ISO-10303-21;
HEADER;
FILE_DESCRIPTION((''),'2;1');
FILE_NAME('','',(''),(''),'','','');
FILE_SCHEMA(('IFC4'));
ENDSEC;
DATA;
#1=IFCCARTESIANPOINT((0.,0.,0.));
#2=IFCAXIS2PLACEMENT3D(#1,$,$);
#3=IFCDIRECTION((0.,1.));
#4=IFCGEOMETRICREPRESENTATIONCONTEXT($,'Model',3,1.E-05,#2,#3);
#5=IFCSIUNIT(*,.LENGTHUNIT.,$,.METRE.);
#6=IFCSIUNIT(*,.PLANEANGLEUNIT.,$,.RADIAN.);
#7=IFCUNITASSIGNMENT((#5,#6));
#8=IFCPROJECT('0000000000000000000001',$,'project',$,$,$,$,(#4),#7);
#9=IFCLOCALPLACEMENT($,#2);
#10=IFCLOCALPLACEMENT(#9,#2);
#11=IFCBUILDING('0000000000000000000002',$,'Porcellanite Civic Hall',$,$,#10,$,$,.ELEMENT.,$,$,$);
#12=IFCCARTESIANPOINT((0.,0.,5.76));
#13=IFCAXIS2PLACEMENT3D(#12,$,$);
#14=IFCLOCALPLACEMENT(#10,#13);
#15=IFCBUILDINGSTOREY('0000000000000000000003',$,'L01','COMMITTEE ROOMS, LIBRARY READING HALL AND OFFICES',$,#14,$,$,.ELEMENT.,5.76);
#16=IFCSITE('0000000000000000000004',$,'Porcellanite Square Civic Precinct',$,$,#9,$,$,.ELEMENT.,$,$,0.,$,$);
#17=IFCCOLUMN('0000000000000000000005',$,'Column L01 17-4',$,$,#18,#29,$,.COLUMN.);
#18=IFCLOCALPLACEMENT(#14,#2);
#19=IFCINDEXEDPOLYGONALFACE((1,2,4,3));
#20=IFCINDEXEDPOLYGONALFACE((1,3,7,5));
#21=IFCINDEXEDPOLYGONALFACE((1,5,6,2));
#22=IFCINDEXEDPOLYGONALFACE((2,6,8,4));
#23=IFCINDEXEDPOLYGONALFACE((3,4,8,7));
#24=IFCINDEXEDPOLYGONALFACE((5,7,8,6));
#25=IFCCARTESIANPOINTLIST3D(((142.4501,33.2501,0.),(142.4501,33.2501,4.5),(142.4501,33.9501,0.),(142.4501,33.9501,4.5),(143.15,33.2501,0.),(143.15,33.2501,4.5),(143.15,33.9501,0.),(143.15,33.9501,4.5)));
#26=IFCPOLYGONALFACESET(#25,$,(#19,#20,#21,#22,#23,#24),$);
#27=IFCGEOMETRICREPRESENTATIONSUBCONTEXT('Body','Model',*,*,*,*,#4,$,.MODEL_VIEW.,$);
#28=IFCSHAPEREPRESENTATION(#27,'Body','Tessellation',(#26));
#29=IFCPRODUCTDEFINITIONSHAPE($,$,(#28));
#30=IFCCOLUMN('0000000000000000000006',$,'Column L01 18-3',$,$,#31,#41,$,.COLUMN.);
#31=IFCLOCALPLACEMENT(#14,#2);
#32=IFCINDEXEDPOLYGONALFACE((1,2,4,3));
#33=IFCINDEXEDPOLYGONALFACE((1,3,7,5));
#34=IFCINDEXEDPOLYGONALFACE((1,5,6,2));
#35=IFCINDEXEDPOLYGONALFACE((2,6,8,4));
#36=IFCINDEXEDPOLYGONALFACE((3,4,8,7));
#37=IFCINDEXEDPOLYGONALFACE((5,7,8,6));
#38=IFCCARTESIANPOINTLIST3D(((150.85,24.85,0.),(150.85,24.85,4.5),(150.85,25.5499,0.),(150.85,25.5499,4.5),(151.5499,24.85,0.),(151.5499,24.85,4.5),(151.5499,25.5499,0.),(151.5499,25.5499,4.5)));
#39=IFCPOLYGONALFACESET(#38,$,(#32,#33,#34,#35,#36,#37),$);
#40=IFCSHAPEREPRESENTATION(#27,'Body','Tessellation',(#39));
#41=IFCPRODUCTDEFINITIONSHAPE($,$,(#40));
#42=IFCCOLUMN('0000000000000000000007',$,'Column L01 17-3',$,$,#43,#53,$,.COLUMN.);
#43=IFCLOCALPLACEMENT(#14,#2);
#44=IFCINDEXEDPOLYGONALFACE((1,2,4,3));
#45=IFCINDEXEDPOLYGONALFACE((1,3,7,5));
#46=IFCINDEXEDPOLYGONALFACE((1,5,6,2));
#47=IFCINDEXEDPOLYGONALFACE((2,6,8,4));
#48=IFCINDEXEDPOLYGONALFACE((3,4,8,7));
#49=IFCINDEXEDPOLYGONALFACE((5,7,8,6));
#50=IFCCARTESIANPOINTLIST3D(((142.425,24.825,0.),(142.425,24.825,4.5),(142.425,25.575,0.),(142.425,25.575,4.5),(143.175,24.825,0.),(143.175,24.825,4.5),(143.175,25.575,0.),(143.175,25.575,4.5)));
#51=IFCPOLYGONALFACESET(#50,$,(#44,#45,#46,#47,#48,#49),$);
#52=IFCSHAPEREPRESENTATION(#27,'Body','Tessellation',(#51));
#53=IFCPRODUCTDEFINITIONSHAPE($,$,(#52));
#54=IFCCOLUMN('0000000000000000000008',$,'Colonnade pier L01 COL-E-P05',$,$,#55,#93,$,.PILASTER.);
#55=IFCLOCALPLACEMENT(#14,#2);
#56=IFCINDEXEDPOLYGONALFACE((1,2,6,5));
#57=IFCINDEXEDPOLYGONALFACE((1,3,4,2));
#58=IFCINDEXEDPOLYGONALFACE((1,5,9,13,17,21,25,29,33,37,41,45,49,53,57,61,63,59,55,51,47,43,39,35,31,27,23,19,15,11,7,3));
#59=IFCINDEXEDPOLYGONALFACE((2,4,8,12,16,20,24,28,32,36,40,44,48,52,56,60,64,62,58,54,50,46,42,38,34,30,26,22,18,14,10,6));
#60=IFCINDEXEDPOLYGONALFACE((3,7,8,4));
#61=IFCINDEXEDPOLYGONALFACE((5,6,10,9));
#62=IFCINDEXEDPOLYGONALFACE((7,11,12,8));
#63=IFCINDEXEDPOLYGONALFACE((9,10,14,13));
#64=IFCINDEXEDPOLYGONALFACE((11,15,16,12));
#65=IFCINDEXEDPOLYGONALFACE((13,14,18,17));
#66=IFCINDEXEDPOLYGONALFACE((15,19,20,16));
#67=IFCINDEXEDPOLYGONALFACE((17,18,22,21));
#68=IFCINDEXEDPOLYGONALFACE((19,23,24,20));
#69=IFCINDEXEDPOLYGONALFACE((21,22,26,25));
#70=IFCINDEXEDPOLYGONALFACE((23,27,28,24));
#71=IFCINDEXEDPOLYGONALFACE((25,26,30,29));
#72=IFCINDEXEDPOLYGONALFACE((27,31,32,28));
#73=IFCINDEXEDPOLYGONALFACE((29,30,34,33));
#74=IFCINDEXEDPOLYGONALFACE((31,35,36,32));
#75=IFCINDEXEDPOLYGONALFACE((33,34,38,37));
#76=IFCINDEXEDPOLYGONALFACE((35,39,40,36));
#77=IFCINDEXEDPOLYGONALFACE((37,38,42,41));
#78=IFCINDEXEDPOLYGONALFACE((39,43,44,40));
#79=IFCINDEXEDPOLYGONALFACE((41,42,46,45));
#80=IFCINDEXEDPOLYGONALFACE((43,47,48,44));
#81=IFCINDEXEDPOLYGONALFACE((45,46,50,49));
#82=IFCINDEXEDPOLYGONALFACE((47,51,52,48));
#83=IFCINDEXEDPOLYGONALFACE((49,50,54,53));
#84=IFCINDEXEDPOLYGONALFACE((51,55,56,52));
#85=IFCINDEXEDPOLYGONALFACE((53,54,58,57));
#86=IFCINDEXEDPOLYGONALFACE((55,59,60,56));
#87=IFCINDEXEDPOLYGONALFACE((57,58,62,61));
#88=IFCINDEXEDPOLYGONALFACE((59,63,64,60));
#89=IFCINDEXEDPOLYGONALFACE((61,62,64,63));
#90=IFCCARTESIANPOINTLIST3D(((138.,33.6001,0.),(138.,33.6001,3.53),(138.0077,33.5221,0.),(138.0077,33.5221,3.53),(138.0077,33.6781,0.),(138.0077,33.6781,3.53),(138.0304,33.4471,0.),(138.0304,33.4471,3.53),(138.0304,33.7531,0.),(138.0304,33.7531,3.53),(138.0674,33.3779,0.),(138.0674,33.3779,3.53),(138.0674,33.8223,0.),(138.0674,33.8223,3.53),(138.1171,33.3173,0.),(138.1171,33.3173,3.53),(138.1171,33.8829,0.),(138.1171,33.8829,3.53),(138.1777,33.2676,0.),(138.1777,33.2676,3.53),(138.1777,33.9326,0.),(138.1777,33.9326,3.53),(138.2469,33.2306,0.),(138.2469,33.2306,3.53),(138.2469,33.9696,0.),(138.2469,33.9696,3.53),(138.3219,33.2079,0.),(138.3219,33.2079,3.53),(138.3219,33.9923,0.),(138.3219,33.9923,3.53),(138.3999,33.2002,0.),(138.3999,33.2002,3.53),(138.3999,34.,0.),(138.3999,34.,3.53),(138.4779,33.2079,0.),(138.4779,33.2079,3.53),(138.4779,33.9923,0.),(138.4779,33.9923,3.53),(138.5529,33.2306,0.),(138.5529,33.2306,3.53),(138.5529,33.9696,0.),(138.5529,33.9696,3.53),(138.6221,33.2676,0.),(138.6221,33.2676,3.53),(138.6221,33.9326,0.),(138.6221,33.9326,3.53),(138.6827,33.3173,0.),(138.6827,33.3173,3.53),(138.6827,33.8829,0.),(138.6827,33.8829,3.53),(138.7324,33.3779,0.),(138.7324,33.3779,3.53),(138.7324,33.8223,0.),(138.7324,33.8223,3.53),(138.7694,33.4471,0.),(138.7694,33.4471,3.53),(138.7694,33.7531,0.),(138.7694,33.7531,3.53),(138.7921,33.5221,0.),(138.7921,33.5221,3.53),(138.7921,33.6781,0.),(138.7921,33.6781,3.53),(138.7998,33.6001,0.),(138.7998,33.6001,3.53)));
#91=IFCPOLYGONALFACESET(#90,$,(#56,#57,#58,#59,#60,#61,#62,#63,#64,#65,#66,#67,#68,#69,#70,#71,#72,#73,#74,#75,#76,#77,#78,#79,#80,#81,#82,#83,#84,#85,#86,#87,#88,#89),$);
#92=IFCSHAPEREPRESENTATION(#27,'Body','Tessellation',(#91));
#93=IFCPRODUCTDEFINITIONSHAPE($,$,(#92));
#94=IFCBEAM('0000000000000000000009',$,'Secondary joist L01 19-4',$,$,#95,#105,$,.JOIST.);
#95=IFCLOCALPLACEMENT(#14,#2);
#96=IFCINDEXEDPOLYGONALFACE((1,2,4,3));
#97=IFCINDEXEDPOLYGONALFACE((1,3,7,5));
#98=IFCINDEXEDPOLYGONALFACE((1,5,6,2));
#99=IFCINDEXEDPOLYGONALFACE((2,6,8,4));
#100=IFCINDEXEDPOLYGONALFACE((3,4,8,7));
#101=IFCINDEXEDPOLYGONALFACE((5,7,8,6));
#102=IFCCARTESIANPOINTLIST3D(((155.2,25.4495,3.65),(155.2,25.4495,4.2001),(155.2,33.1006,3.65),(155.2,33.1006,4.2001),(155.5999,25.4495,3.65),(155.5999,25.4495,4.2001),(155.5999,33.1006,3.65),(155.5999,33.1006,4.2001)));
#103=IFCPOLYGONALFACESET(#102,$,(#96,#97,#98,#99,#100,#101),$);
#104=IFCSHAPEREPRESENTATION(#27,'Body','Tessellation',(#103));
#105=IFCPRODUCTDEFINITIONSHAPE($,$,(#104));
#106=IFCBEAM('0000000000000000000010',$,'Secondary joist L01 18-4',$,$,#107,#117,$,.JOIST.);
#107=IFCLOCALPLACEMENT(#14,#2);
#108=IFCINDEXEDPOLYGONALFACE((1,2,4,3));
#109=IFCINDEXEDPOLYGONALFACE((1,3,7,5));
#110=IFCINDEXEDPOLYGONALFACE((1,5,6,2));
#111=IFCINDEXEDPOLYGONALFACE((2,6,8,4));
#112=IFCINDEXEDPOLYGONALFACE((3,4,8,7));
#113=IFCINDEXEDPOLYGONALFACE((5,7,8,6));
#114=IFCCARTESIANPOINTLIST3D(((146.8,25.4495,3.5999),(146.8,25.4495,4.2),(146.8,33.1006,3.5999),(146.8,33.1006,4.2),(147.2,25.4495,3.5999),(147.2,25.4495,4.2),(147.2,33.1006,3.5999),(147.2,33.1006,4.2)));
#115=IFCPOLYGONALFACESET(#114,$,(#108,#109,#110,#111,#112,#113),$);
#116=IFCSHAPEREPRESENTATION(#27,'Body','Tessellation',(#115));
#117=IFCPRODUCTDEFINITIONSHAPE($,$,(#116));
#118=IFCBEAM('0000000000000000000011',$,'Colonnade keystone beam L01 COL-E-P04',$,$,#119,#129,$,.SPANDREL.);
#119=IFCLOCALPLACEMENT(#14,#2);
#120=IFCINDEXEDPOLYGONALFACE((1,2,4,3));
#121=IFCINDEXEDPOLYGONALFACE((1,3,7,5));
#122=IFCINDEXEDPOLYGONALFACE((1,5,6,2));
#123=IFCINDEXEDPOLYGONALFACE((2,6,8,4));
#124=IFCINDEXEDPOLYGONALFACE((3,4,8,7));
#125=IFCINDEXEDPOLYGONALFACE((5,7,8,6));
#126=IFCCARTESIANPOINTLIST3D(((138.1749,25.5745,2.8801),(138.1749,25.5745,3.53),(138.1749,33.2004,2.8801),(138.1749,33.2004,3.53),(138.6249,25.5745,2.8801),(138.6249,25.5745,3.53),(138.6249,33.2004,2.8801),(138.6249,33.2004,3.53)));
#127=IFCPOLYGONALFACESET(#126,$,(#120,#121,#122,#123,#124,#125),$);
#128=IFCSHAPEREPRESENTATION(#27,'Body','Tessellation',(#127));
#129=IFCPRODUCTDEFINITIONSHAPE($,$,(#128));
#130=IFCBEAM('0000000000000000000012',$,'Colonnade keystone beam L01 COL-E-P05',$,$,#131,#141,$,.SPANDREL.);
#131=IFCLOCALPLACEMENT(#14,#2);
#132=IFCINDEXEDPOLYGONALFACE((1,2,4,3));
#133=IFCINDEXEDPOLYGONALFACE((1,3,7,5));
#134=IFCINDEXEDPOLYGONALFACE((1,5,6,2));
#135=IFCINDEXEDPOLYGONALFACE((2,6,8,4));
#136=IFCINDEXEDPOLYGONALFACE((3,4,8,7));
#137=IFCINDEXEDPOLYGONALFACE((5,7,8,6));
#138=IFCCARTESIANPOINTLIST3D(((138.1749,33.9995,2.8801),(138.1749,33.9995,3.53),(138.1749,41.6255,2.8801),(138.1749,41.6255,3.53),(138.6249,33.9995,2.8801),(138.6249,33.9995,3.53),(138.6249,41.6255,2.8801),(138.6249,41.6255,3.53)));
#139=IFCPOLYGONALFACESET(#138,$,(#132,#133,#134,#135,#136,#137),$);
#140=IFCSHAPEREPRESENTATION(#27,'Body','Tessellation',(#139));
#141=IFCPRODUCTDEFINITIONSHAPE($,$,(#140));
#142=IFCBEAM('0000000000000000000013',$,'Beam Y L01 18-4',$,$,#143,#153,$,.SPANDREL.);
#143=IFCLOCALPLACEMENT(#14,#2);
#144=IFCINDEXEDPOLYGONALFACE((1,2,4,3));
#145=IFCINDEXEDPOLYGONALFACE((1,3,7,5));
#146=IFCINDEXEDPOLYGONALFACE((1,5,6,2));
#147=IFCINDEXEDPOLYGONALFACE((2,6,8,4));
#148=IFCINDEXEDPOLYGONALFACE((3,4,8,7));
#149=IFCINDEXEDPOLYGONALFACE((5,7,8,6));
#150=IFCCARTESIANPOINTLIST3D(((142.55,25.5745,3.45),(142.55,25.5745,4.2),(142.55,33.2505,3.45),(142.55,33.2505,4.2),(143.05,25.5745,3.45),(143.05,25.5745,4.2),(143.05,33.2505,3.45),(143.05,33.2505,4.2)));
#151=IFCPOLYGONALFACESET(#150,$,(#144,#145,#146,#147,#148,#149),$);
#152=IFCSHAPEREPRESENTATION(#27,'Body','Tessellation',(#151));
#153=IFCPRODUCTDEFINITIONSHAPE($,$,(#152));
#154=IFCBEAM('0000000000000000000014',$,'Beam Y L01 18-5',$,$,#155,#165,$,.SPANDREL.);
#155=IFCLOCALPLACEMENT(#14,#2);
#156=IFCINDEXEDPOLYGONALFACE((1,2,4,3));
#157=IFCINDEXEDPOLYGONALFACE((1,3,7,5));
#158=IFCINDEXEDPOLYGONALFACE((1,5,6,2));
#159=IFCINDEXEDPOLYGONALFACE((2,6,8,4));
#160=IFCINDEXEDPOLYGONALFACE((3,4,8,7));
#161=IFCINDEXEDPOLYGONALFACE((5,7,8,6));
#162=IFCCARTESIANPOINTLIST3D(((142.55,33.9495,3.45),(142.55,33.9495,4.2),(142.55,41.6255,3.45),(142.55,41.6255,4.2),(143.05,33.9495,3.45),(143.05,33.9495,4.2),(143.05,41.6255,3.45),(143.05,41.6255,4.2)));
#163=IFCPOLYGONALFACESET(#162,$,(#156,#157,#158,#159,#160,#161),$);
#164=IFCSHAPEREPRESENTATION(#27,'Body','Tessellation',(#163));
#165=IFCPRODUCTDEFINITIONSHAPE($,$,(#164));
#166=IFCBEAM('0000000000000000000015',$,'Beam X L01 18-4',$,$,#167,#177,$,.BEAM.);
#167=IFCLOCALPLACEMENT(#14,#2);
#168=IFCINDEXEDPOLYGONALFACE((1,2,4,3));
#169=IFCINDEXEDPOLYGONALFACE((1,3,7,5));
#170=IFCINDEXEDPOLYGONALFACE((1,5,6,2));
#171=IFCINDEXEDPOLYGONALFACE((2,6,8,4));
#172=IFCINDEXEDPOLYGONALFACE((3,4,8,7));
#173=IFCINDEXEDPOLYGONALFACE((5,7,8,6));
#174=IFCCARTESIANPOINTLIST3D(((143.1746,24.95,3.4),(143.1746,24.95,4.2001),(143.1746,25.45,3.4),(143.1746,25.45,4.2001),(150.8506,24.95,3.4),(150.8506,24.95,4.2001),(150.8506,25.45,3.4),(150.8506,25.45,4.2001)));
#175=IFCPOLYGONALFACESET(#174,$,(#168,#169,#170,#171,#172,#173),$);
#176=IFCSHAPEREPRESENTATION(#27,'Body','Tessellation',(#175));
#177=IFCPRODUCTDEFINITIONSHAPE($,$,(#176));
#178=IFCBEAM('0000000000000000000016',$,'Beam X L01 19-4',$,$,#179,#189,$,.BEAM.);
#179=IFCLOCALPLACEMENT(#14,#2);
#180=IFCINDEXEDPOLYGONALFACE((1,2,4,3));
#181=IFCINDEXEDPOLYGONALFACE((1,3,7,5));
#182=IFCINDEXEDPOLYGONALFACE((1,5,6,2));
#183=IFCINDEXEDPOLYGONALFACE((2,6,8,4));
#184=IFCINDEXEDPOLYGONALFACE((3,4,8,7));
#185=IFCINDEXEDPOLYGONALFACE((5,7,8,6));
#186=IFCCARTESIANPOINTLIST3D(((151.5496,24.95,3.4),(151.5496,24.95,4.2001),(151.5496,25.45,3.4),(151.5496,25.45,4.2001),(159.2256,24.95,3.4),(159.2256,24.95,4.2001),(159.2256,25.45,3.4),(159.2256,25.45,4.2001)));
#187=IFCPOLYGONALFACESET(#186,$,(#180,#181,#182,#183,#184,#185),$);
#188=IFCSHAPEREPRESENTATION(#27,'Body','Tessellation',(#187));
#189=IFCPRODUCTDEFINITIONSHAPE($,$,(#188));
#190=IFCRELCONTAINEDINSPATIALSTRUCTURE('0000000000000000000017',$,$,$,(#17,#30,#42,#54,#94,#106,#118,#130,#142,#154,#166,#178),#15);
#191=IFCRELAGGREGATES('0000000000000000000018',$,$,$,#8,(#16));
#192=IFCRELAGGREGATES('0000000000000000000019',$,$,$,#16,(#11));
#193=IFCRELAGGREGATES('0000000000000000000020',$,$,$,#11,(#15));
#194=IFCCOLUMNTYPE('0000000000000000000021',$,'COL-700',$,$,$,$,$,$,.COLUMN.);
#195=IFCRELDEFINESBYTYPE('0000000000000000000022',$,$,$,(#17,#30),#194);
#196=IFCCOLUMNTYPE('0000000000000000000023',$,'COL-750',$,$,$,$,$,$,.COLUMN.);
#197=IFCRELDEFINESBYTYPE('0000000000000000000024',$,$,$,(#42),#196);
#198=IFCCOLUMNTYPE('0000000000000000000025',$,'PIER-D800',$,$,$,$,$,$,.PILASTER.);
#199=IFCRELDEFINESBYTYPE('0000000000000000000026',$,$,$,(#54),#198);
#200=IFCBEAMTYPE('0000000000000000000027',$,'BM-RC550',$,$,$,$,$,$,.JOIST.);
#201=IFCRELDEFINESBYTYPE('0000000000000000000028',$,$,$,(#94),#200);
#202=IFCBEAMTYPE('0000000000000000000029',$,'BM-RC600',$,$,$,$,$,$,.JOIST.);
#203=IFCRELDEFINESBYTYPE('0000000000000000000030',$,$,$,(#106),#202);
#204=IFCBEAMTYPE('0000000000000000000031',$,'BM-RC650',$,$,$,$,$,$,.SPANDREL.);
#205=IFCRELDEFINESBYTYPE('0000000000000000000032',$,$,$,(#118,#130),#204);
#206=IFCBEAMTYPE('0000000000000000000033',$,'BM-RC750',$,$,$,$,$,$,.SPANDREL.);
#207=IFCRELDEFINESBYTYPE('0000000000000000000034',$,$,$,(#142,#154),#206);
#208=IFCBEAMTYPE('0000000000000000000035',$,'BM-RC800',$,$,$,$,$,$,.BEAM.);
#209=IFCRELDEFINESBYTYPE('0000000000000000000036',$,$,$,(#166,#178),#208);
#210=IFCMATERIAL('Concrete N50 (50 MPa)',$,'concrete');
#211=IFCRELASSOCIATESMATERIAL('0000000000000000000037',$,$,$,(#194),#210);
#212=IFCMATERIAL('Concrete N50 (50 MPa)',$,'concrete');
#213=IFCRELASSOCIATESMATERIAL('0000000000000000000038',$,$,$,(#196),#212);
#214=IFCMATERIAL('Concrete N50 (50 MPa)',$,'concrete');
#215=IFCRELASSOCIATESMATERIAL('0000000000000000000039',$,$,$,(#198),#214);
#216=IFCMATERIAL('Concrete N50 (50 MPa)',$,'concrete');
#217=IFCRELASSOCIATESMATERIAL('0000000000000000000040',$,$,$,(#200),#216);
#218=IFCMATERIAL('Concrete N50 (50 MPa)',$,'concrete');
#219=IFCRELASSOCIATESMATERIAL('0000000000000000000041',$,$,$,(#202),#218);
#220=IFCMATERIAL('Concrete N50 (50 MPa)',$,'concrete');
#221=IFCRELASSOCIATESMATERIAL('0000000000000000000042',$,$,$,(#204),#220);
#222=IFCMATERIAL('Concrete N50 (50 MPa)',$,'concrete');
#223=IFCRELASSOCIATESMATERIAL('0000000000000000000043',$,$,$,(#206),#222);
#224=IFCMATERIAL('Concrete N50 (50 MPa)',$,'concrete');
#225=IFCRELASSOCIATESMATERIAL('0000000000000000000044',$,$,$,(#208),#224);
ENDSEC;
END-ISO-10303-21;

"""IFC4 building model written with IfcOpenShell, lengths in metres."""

from ifc_helpers import new_model, si_unit, direction, frame, origin, origin_2d, place, context, subcontext, project, spatial, rectangle, circle, extrude, material, material_profile, profile_set, type_object, element, save


model = new_model("IFC4")

# Units and contexts
model_context = context("Model", 3, precision=1e-05, world=origin(), true_north=direction((0.0, 1.0)))
body_context = subcontext(model_context, "Body", "Model", "MODEL_VIEW")
ifc_project = project(units=[si_unit("LENGTHUNIT", "METRE"), si_unit("PLANEANGLEUNIT", "RADIAN")], contexts=[model_context])

# Site, building, storey
site_placement = place(None, origin())
site = spatial("IfcSite", under=ifc_project, at=site_placement, Name="Porcellanite Square Civic Precinct", CompositionType="ELEMENT", RefElevation=0.0)
building_placement = place(site_placement, origin())
building = spatial("IfcBuilding", under=site, at=building_placement, Name="Porcellanite Civic Hall", CompositionType="ELEMENT")
storey_placement = place(building_placement, frame((0.0, 0.0, 5.76)))
storey = spatial("IfcBuildingStorey", under=building, at=storey_placement, Name="L01", Description="COMMITTEE ROOMS, LIBRARY READING HALL AND OFFICES", CompositionType="ELEMENT", Elevation=5.76)

# Columns
ifc_material_1 = material(Name="Concrete N50 (50 MPa)", Category="concrete")
ifc_material_profile_1 = material_profile(ifc_material_1, rectangle(XDim=0.7, YDim=0.7, at=origin_2d()), Name="RC-700x700")
ifc_profile_set_1 = profile_set([ifc_material_profile_1], Name="Concrete N50 (50 MPa)")
column_type_1 = type_object("IfcColumnType", Name="COL-700", PredefinedType="COLUMN", material=ifc_profile_set_1)
for number, where, z_axis, x_axis, name in (
    (1, (142.8, 33.6001, 0.0), (0.0, 0.0, 1.0), (1.0, 0.0, 0.0), "Column L01 17-4"),
    (2, (151.2, 25.2, 0.0), (0.0, 0.0, 1.0), (1.0, 0.0, 0.0), "Column L01 18-3"),
):
    element("IfcColumn", number, at=place(storey_placement, frame(where, z_axis=z_axis, x_axis=x_axis)), inside=storey, type_object=column_type_1, Name=name, PredefinedType="COLUMN", context=body_context, shape_type="SweptSolid", body=[
        extrude(rectangle(XDim=0.7, YDim=0.7, at=origin_2d()), origin(), (0.0, 0.0, 1.0), 4.5),
    ])
ifc_material_2 = material(Name="Concrete N50 (50 MPa)", Category="concrete")
ifc_material_profile_2 = material_profile(ifc_material_2, rectangle(XDim=0.75, YDim=0.75, at=origin_2d()), Name="RC-750x750")
ifc_profile_set_2 = profile_set([ifc_material_profile_2], Name="Concrete N50 (50 MPa)")
column_type_2 = type_object("IfcColumnType", Name="COL-750", PredefinedType="COLUMN", material=ifc_profile_set_2)
column_1_placement = place(storey_placement, frame((142.8, 25.2, 0.0), z_axis=(0.0, 0.0, 1.0), x_axis=(1.0, 0.0, 0.0)))
element("IfcColumn", 3, at=column_1_placement, inside=storey, type_object=column_type_2, Name="Column L01 17-3", PredefinedType="COLUMN", context=body_context, shape_type="SweptSolid", body=[
    extrude(rectangle(XDim=0.75, YDim=0.75, at=origin_2d()), origin(), (0.0, 0.0, 1.0), 4.5),
])
ifc_material_3 = material(Name="Concrete N50 (50 MPa)", Category="concrete")
ifc_material_profile_3 = material_profile(ifc_material_3, circle(Radius=0.3999, at=origin_2d()), Name="RC-D800")
ifc_profile_set_3 = profile_set([ifc_material_profile_3], Name="Concrete N50 (50 MPa)")
column_type_3 = type_object("IfcColumnType", Name="PIER-D800", PredefinedType="PILASTER", material=ifc_profile_set_3)
column_2_placement = place(storey_placement, frame((138.3999, 33.6001, 0.0), z_axis=(0.0, 0.0, 1.0), x_axis=(1.0, 0.0, 0.0)))
element("IfcColumn", 4, at=column_2_placement, inside=storey, type_object=column_type_3, Name="Colonnade pier L01 COL-E-P05", PredefinedType="PILASTER", context=body_context, shape_type="SweptSolid", body=[
    extrude(circle(Radius=0.3999, at=origin_2d()), origin(), (0.0, 0.0, 1.0), 3.53),
])

# Beams
ifc_material_4 = material(Name="Concrete N50 (50 MPa)", Category="concrete")
ifc_material_profile_4 = material_profile(ifc_material_4, rectangle(XDim=0.3999, YDim=0.55, at=origin_2d()), Name="RC-400x550")
ifc_profile_set_4 = profile_set([ifc_material_profile_4], Name="Concrete N50 (50 MPa)")
beam_type_1 = type_object("IfcBeamType", Name="BM-RC550", PredefinedType="JOIST", material=ifc_profile_set_4)
beam_1_placement = place(storey_placement, frame((155.3999, 25.4495, 3.925), z_axis=(0.0, 1.0, 0.0), x_axis=(-1.0, 0.0, 0.0)))
element("IfcBeam", 5, at=beam_1_placement, inside=storey, type_object=beam_type_1, Name="Secondary joist L01 19-4", PredefinedType="JOIST", context=body_context, shape_type="SweptSolid", body=[
    extrude(rectangle(XDim=0.3999, YDim=0.55, at=origin_2d()), origin(), (0.0, 0.0, 1.0), 7.6511),
])
ifc_material_5 = material(Name="Concrete N50 (50 MPa)", Category="concrete")
ifc_material_profile_5 = material_profile(ifc_material_5, rectangle(XDim=0.3999, YDim=0.6001, at=origin_2d()), Name="RC-400x600")
ifc_profile_set_5 = profile_set([ifc_material_profile_5], Name="Concrete N50 (50 MPa)")
beam_type_2 = type_object("IfcBeamType", Name="BM-RC600", PredefinedType="JOIST", material=ifc_profile_set_5)
beam_2_placement = place(storey_placement, frame((147.0, 25.4495, 3.8999), z_axis=(0.0, 1.0, 0.0), x_axis=(-1.0, 0.0, 0.0)))
element("IfcBeam", 6, at=beam_2_placement, inside=storey, type_object=beam_type_2, Name="Secondary joist L01 18-4", PredefinedType="JOIST", context=body_context, shape_type="SweptSolid", body=[
    extrude(rectangle(XDim=0.3999, YDim=0.6001, at=origin_2d()), origin(), (0.0, 0.0, 1.0), 7.6511),
])
ifc_material_6 = material(Name="Concrete N50 (50 MPa)", Category="concrete")
ifc_material_profile_6 = material_profile(ifc_material_6, rectangle(XDim=0.45, YDim=0.6499, at=origin_2d()), Name="RC-450x650")
ifc_profile_set_6 = profile_set([ifc_material_profile_6], Name="Concrete N50 (50 MPa)")
beam_type_3 = type_object("IfcBeamType", Name="BM-RC650", PredefinedType="SPANDREL", material=ifc_profile_set_6)
for number, where, z_axis, x_axis, name in (
    (7, (138.3999, 25.5745, 3.2051), (0.0, 1.0, 0.0), (-1.0, 0.0, 0.0), "Colonnade keystone beam L01 COL-E-P04"),
    (8, (138.3999, 33.9995, 3.2051), (0.0, 1.0, 0.0), (-1.0, 0.0, 0.0), "Colonnade keystone beam L01 COL-E-P05"),
):
    element("IfcBeam", number, at=place(storey_placement, frame(where, z_axis=z_axis, x_axis=x_axis)), inside=storey, type_object=beam_type_3, Name=name, PredefinedType="SPANDREL", context=body_context, shape_type="SweptSolid", body=[
        extrude(rectangle(XDim=0.45, YDim=0.6499, at=origin_2d()), origin(), (0.0, 0.0, 1.0), 7.626),
    ])
ifc_material_7 = material(Name="Concrete N50 (50 MPa)", Category="concrete")
ifc_material_profile_7 = material_profile(ifc_material_7, rectangle(XDim=0.5, YDim=0.75, at=origin_2d()), Name="RC-500x750")
ifc_profile_set_7 = profile_set([ifc_material_profile_7], Name="Concrete N50 (50 MPa)")
beam_type_4 = type_object("IfcBeamType", Name="BM-RC750", PredefinedType="SPANDREL", material=ifc_profile_set_7)
for number, where, z_axis, x_axis, name in (
    (9, (142.8, 25.5745, 3.825), (0.0, 1.0, 0.0), (-1.0, 0.0, 0.0), "Beam Y L01 18-4"),
    (10, (142.8, 33.9495, 3.825), (0.0, 1.0, 0.0), (-1.0, 0.0, 0.0), "Beam Y L01 18-5"),
):
    element("IfcBeam", number, at=place(storey_placement, frame(where, z_axis=z_axis, x_axis=x_axis)), inside=storey, type_object=beam_type_4, Name=name, PredefinedType="SPANDREL", context=body_context, shape_type="SweptSolid", body=[
        extrude(rectangle(XDim=0.5, YDim=0.75, at=origin_2d()), origin(), (0.0, 0.0, 1.0), 7.676),
    ])
ifc_material_8 = material(Name="Concrete N50 (50 MPa)", Category="concrete")
ifc_material_profile_8 = material_profile(ifc_material_8, rectangle(XDim=0.5, YDim=0.8, at=origin_2d()), Name="RC-500x800")
ifc_profile_set_8 = profile_set([ifc_material_profile_8], Name="Concrete N50 (50 MPa)")
beam_type_5 = type_object("IfcBeamType", Name="BM-RC800", PredefinedType="BEAM", material=ifc_profile_set_8)
for number, where, z_axis, x_axis, name in (
    (11, (143.1746, 25.2, 3.8), (1.0, 0.0, 0.0), (0.0, 1.0, 0.0), "Beam X L01 18-4"),
    (12, (151.5496, 25.2, 3.8), (1.0, 0.0, 0.0), (0.0, 1.0, 0.0), "Beam X L01 19-4"),
):
    element("IfcBeam", number, at=place(storey_placement, frame(where, z_axis=z_axis, x_axis=x_axis)), inside=storey, type_object=beam_type_5, Name=name, PredefinedType="BEAM", context=body_context, shape_type="SweptSolid", body=[
        extrude(rectangle(XDim=0.5, YDim=0.8, at=origin_2d()), origin(), (0.0, 0.0, 1.0), 7.676),
    ])

save(model, "model.ifc")
